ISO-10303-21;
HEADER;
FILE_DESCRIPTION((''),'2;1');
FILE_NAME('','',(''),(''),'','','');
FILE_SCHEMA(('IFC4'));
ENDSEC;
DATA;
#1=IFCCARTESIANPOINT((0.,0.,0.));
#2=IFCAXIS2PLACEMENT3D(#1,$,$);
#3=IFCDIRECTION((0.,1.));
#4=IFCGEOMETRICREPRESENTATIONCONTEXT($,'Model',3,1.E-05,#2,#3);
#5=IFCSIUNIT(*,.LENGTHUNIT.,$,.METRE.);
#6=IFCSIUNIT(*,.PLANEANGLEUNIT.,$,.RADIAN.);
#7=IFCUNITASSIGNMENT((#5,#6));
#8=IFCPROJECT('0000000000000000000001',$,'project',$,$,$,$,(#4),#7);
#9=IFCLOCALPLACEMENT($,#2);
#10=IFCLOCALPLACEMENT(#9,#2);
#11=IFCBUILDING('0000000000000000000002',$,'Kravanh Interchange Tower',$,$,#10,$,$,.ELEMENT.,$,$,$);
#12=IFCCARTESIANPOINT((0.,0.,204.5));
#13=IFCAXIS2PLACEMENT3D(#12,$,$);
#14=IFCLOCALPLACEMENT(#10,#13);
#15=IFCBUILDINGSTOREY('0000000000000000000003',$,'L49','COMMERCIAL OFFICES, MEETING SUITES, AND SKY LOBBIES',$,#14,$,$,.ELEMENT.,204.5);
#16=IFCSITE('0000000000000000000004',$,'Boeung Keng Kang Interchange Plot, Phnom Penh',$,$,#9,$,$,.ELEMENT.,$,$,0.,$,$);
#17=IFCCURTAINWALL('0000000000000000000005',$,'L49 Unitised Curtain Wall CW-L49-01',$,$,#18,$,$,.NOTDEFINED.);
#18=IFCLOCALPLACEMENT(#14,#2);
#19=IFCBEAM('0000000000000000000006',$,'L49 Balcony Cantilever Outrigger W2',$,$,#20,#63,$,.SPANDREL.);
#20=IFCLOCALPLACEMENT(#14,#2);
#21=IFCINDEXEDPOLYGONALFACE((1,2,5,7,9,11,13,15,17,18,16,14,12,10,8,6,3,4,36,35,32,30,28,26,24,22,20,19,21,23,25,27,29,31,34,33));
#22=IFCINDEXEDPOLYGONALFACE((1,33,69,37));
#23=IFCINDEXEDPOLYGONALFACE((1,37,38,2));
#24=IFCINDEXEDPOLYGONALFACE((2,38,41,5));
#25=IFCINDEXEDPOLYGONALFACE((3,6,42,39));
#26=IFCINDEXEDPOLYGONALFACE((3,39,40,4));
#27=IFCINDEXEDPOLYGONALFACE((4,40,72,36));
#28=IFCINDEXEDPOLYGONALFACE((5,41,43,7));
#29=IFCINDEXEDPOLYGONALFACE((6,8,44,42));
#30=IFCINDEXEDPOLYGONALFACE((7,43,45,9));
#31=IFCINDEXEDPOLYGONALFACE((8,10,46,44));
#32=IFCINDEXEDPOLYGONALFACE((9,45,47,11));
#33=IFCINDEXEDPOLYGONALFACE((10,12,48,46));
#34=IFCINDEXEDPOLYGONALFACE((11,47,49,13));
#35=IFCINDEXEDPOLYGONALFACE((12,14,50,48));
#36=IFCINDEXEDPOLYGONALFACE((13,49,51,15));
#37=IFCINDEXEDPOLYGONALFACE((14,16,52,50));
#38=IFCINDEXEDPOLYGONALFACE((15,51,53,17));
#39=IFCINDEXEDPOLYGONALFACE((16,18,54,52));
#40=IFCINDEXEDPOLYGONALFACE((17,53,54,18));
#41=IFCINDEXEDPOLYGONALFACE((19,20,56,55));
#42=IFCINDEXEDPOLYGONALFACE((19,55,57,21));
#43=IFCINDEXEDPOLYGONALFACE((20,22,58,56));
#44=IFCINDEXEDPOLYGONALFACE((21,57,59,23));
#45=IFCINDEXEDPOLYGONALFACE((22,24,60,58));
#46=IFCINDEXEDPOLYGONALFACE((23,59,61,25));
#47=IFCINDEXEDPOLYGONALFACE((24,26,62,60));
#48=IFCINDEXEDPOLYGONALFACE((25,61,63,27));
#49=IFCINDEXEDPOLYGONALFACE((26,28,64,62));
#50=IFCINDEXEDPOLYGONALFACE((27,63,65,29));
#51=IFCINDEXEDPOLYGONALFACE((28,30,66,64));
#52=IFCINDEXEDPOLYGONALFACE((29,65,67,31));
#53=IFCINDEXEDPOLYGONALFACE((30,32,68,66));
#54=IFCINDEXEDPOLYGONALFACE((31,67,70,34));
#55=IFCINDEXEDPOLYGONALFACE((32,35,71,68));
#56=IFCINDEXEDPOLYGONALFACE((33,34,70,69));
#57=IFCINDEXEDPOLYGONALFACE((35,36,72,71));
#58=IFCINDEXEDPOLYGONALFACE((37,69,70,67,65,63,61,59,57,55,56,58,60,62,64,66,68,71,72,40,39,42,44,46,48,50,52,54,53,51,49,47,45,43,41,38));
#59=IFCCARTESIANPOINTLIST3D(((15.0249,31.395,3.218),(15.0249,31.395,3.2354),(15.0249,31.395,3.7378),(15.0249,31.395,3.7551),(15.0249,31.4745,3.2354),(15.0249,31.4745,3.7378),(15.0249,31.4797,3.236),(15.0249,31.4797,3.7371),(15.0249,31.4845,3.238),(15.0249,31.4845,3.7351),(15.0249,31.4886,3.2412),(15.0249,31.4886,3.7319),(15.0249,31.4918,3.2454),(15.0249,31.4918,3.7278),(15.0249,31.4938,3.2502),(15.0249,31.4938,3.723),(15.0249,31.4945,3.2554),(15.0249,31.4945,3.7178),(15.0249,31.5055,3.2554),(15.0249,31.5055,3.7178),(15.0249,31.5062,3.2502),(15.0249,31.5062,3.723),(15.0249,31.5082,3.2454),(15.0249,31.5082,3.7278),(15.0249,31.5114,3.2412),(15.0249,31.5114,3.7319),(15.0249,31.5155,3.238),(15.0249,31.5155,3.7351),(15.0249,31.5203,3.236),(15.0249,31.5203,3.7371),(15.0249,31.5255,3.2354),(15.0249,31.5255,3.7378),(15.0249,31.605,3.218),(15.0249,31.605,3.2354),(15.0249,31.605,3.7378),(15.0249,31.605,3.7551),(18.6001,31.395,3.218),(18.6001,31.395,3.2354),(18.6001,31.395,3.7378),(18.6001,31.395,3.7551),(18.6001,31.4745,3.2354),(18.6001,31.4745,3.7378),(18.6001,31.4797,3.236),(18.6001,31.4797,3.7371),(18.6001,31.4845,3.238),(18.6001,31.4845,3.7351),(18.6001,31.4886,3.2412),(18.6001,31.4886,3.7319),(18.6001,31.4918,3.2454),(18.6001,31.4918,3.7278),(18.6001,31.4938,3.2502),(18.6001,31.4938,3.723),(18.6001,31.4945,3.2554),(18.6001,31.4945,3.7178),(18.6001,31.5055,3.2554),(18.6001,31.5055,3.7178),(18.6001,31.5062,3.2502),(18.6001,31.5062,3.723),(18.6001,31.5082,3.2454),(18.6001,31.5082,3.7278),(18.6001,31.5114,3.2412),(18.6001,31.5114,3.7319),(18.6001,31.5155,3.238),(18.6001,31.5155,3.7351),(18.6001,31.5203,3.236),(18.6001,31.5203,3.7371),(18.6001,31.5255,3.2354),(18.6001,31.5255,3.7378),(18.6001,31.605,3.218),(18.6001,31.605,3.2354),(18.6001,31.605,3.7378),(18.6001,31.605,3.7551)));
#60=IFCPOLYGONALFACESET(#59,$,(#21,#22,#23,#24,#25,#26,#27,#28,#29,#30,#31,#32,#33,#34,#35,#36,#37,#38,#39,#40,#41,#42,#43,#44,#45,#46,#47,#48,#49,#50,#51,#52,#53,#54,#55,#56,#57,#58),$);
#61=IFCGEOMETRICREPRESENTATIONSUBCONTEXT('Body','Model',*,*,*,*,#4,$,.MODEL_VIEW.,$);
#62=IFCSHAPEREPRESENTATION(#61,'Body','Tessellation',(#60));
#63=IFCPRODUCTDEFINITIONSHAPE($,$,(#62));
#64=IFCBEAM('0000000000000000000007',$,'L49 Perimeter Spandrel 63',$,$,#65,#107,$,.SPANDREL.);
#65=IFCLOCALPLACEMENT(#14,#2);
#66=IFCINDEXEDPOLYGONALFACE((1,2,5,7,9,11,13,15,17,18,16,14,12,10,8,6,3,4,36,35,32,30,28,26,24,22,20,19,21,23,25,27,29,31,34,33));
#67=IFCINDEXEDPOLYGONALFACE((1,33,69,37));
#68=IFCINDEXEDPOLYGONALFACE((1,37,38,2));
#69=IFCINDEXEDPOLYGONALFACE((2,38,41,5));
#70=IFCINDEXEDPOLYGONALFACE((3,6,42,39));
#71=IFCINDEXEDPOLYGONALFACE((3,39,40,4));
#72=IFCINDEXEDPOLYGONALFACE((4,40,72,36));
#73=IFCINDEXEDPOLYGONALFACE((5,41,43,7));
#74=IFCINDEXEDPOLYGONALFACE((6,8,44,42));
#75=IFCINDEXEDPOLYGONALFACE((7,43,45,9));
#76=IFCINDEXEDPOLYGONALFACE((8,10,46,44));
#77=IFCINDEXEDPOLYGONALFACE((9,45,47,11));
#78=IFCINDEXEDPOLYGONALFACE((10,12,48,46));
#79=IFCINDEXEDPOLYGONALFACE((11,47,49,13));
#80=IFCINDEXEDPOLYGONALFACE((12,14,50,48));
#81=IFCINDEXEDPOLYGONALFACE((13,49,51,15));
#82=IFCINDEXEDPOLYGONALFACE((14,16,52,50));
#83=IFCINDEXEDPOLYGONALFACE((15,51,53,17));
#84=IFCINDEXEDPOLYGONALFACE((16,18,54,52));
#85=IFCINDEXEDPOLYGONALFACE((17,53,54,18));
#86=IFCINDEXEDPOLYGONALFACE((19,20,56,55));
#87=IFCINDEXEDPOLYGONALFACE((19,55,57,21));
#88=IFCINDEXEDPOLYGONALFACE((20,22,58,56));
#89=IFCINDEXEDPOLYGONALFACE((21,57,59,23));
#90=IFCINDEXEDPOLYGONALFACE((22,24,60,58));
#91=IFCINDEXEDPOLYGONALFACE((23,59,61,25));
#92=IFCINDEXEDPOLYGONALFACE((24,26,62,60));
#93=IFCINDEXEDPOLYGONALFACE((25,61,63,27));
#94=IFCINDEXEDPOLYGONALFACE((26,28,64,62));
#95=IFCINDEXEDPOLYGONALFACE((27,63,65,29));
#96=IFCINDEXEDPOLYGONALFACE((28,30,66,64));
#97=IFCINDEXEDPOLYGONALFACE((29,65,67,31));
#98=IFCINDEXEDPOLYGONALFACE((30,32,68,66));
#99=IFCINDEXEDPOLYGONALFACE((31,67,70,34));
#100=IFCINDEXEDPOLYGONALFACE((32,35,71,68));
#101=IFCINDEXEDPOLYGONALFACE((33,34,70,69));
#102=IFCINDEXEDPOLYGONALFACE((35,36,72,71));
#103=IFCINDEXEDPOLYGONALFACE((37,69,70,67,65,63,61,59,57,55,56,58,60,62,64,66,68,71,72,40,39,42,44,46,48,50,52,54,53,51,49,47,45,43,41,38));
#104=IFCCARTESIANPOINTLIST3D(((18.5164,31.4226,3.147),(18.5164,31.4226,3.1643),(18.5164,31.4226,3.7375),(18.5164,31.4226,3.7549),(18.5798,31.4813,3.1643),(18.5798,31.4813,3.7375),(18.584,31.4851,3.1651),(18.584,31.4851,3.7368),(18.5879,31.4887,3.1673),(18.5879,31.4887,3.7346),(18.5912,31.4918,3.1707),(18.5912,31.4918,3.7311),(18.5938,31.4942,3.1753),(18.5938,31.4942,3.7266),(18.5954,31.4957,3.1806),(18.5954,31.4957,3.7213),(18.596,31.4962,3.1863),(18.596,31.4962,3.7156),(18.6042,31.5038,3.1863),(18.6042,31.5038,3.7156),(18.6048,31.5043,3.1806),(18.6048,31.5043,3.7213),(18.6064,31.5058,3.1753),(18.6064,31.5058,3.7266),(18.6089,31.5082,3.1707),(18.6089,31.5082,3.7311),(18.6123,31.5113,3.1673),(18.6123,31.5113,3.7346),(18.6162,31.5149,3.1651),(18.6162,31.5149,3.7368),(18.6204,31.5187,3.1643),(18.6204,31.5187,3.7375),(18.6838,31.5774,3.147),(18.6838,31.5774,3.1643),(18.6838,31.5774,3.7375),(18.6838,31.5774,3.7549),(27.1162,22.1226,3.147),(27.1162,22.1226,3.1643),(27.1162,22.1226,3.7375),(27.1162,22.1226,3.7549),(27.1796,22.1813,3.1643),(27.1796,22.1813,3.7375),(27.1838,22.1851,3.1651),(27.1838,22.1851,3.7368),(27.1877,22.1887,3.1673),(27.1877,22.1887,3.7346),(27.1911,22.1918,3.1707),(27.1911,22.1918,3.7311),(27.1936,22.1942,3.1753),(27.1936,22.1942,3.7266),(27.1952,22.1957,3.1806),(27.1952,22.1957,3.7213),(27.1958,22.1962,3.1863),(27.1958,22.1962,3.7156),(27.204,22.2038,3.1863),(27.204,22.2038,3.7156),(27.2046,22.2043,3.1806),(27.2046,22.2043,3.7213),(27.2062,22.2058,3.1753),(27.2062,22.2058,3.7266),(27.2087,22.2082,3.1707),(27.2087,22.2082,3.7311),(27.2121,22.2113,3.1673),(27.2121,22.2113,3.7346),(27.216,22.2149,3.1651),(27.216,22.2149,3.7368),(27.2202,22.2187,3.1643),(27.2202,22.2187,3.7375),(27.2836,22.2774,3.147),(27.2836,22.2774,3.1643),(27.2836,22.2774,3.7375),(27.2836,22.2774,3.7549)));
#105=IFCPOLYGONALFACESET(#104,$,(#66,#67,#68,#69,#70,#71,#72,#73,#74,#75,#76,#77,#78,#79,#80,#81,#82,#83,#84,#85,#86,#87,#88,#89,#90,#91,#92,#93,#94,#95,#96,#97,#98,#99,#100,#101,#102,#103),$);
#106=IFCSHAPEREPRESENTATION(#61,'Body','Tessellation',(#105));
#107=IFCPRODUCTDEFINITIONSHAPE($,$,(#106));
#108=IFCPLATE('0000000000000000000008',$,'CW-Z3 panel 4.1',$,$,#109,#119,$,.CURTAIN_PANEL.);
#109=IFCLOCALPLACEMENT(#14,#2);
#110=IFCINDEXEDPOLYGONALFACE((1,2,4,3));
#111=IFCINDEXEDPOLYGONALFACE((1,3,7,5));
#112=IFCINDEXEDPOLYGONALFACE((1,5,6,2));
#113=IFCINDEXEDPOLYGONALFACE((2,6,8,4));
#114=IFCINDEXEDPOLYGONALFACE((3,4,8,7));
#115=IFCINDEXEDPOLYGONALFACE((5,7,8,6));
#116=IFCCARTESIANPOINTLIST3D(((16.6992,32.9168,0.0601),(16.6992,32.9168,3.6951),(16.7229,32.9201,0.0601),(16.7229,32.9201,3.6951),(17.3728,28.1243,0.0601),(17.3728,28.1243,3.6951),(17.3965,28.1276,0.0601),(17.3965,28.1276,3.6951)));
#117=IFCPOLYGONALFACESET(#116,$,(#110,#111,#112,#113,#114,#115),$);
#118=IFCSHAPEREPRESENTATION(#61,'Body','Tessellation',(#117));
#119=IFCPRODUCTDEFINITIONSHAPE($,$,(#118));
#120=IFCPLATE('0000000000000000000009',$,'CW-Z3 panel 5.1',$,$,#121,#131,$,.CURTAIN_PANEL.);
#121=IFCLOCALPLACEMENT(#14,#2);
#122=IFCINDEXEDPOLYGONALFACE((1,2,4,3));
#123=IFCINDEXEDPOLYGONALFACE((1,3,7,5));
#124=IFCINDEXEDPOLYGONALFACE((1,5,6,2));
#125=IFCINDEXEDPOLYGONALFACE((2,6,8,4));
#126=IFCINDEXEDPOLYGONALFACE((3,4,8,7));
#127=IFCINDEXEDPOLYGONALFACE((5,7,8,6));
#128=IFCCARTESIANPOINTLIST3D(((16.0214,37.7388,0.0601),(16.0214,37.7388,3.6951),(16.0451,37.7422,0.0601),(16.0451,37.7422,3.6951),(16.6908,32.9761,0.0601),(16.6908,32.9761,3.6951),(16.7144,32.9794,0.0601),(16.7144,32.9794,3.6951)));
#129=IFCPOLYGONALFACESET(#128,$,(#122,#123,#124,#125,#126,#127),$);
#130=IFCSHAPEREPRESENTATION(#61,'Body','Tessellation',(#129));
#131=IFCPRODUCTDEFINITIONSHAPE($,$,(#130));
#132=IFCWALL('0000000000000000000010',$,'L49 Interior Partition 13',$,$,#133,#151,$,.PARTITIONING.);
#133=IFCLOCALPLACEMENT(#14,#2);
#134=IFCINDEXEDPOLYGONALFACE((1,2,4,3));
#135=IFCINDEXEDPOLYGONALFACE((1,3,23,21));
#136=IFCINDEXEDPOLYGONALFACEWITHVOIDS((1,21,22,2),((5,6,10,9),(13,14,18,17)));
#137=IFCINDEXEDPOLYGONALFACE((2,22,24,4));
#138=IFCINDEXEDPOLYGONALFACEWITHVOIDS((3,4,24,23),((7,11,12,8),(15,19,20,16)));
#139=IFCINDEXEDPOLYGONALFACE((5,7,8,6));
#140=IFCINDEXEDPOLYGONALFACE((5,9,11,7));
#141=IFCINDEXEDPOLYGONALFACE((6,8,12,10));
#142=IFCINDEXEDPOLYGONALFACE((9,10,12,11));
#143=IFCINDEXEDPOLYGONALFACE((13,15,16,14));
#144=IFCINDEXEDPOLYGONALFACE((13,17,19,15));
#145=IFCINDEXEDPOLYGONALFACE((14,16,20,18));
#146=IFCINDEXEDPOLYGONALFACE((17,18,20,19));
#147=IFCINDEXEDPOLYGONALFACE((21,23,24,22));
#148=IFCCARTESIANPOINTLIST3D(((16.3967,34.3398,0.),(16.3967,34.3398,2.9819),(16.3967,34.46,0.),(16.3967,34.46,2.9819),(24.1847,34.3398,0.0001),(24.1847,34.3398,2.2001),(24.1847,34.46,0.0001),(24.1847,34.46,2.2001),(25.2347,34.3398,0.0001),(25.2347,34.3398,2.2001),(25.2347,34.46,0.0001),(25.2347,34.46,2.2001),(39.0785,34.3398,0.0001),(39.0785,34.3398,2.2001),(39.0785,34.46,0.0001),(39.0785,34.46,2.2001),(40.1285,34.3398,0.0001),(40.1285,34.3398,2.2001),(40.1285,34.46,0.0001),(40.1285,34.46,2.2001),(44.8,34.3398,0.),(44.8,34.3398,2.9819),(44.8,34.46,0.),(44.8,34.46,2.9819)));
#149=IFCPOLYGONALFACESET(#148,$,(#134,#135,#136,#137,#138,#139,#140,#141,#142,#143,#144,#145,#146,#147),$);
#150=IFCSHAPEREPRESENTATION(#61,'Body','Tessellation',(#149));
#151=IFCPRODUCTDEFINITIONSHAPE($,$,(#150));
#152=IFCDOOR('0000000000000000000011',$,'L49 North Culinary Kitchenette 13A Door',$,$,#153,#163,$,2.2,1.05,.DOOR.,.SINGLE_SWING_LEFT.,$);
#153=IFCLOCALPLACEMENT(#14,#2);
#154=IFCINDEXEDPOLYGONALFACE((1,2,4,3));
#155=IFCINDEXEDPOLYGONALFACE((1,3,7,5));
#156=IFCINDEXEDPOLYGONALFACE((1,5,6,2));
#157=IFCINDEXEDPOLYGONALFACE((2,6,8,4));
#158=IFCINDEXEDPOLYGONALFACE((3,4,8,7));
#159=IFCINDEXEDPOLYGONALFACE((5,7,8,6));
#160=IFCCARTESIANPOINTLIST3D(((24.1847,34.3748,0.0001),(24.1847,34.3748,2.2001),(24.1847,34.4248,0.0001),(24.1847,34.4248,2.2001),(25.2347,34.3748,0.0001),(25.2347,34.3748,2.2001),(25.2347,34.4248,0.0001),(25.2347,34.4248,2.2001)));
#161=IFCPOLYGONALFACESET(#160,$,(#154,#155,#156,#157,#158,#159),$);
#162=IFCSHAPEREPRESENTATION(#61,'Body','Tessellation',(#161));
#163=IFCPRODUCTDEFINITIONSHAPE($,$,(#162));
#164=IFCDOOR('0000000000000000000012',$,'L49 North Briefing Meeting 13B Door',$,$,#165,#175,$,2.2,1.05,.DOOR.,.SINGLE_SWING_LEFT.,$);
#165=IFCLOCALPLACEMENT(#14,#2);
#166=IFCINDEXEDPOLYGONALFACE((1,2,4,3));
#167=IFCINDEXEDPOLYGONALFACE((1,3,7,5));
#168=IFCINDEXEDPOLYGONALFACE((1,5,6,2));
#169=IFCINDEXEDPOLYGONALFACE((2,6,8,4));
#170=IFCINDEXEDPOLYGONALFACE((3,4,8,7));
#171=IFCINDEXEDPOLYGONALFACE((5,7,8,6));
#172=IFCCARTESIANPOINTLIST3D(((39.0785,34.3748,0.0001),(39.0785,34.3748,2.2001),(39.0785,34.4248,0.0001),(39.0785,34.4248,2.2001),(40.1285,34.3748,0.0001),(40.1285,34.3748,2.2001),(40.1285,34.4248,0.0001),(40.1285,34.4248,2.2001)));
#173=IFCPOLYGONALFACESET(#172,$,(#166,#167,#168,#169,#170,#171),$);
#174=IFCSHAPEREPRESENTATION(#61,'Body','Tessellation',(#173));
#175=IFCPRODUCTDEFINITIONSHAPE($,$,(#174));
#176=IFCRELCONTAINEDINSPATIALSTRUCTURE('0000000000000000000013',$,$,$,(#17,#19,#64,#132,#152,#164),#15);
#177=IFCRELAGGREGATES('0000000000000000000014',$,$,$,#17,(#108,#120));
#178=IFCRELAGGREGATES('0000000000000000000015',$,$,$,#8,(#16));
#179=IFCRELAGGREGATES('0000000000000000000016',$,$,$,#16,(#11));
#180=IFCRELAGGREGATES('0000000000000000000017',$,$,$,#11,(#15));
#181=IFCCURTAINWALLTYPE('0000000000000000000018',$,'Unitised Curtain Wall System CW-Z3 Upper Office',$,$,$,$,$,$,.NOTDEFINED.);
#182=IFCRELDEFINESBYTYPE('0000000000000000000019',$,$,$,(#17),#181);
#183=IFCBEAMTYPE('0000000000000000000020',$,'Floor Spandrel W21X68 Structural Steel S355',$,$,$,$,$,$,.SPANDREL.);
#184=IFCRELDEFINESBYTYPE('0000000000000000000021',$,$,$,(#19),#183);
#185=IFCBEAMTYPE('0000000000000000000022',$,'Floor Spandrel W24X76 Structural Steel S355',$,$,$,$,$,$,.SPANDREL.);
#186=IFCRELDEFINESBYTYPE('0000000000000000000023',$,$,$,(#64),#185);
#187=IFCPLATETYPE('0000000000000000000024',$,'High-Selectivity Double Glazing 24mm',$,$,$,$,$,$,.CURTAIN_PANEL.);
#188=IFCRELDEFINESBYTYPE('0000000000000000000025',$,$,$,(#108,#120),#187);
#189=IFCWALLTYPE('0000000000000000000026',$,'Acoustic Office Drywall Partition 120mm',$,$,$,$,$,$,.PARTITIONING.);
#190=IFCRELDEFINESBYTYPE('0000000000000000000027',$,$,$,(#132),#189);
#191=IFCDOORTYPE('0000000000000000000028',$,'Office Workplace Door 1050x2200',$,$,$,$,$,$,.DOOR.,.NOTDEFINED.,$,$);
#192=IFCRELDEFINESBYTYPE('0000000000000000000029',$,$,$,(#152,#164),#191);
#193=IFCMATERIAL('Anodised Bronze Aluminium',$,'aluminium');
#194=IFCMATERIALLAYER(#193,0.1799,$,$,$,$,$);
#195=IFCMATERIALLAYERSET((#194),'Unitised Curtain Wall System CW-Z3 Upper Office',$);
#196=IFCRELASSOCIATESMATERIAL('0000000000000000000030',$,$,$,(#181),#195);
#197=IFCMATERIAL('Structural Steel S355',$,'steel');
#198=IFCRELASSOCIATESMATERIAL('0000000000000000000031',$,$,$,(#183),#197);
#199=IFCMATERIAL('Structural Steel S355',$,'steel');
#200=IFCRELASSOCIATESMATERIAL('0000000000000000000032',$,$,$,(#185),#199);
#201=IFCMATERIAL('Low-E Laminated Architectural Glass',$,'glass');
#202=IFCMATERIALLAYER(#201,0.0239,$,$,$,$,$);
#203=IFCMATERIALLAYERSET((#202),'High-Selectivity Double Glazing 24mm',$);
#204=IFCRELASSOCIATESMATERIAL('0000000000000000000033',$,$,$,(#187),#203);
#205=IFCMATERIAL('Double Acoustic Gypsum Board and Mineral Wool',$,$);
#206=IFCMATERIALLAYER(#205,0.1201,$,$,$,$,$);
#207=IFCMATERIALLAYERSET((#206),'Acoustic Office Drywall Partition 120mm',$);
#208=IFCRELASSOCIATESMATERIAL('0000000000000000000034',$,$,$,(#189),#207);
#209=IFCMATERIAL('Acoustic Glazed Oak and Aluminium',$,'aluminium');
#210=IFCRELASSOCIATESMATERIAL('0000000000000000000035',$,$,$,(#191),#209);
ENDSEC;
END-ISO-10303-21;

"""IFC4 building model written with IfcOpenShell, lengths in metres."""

from ifc_helpers import new_model, si_unit, direction, frame, frame_2d, origin, origin_2d, place, context, subcontext, project, spatial, rectangle, i_section, extrude, material, layer, layer_set, material_profile, profile_set, type_object, element, fill, aggregate, save


model = new_model("IFC4")

# Units and contexts
model_context = context("Model", 3, precision=1e-05, world=origin(), true_north=direction((0.0, 1.0)))
body_context = subcontext(model_context, "Body", "Model", "MODEL_VIEW")
ifc_project = project(units=[si_unit("LENGTHUNIT", "METRE"), si_unit("PLANEANGLEUNIT", "RADIAN")], contexts=[model_context])

# Site, building, storey
site_placement = place(None, origin())
site = spatial("IfcSite", under=ifc_project, at=site_placement, Name="Boeung Keng Kang Interchange Plot, Phnom Penh", CompositionType="ELEMENT", RefElevation=0.0)
building_placement = place(site_placement, origin())
building = spatial("IfcBuilding", under=site, at=building_placement, Name="Kravanh Interchange Tower", CompositionType="ELEMENT")
storey_placement = place(building_placement, frame((0.0, 0.0, 204.5)))
storey = spatial("IfcBuildingStorey", under=building, at=storey_placement, Name="L49", Description="COMMERCIAL OFFICES, MEETING SUITES, AND SKY LOBBIES", CompositionType="ELEMENT", Elevation=204.5)

# Curtain wall
ifc_material_1 = material(Name="Anodised Bronze Aluminium", Category="aluminium")
ifc_layer_1 = layer(ifc_material_1, 0.1799)
ifc_layer_set_1 = layer_set([ifc_layer_1], Name="Unitised Curtain Wall System CW-Z3 Upper Office")
curtain_wall_type = type_object("IfcCurtainWallType", Name="Unitised Curtain Wall System CW-Z3 Upper Office", PredefinedType="NOTDEFINED", material=ifc_layer_set_1)
curtain_wall_placement = place(storey_placement, origin())
curtain_wall = element("IfcCurtainWall", 1, at=curtain_wall_placement, inside=storey, type_object=curtain_wall_type, Name="L49 Unitised Curtain Wall CW-L49-01", PredefinedType="NOTDEFINED")

# Beams
ifc_material_2 = material(Name="Structural Steel S355", Category="steel")
ifc_material_profile_1 = material_profile(ifc_material_2, i_section(OverallWidth=0.21, OverallDepth=0.5371, WebThickness=0.011, FlangeThickness=0.0173, FilletRadius=0.02, at=origin_2d()), Name="W21X68")
ifc_profile_set_1 = profile_set([ifc_material_profile_1], Name="Structural Steel S355")
beam_type_1 = type_object("IfcBeamType", Name="Floor Spandrel W21X68 Structural Steel S355", PredefinedType="SPANDREL", material=ifc_profile_set_1)
beam_1_placement = place(storey_placement, frame((18.6001, 31.5, 3.4866), z_axis=(-1.0, 0.0, 0.0), x_axis=(0.0, -1.0, 0.0)))
element("IfcBeam", 2, at=beam_1_placement, inside=storey, type_object=beam_type_1, Name="L49 Balcony Cantilever Outrigger W2", PredefinedType="SPANDREL", context=body_context, shape_type="SweptSolid", body=[
    extrude(i_section(OverallWidth=0.21, OverallDepth=0.5371, WebThickness=0.011, FlangeThickness=0.0173, FilletRadius=0.02, at=origin_2d()), origin(), (0.0, 0.0, 1.0), 3.5752),
])
ifc_material_3 = material(Name="Structural Steel S355", Category="steel")
ifc_material_profile_2 = material_profile(ifc_material_3, i_section(OverallWidth=0.228, OverallDepth=0.6079, WebThickness=0.0112, FlangeThickness=0.0173, FilletRadius=0.022, at=origin_2d()), Name="W24X76")
ifc_profile_set_2 = profile_set([ifc_material_profile_2], Name="Structural Steel S355")
beam_type_2 = type_object("IfcBeamType", Name="Floor Spandrel W24X76 Structural Steel S355", PredefinedType="SPANDREL", material=ifc_profile_set_2)
beam_2_placement = place(storey_placement, frame((18.6001, 31.5, 3.4509), z_axis=(0.678927, -0.734205, 0.0), x_axis=(0.734205, 0.678927, 0.0)))
element("IfcBeam", 3, at=beam_2_placement, inside=storey, type_object=beam_type_2, Name="L49 Perimeter Spandrel 63", PredefinedType="SPANDREL", context=body_context, shape_type="SweptSolid", body=[
    extrude(i_section(OverallWidth=0.228, OverallDepth=0.6079, WebThickness=0.0112, FlangeThickness=0.0173, FilletRadius=0.022, at=origin_2d()), origin(), (0.0, 0.0, 1.0), 12.6667),
])

# Plates
ifc_material_4 = material(Name="Low-E Laminated Architectural Glass", Category="glass")
ifc_layer_2 = layer(ifc_material_4, 0.0239)
ifc_layer_set_2 = layer_set([ifc_layer_2], Name="High-Selectivity Double Glazing 24mm")
plate_type = type_object("IfcPlateType", Name="High-Selectivity Double Glazing 24mm", PredefinedType="CURTAIN_PANEL", material=ifc_layer_set_2)
plate_1_placement = place(storey_placement, frame((17.0479, 30.5222, 0.0601), z_axis=(0.0, 0.0, 1.0), x_axis=(-0.139172, 0.990268, 0.0)))
plate_1 = element("IfcPlate", 4, at=plate_1_placement, type_object=plate_type, Name="CW-Z3 panel 4.1", PredefinedType="CURTAIN_PANEL", context=body_context, shape_type="SweptSolid", body=[
    extrude(rectangle(XDim=4.8396, YDim=0.0239, at=origin_2d()), origin(), (0.0, 0.0, 1.0), 3.635),
])
plate_2_placement = place(storey_placement, frame((16.3679, 35.3591, 0.0601), z_axis=(0.0, 0.0, 1.0), x_axis=(-0.139172, 0.990268, 0.0)))
plate_2 = element("IfcPlate", 5, at=plate_2_placement, type_object=plate_type, Name="CW-Z3 panel 5.1", PredefinedType="CURTAIN_PANEL", context=body_context, shape_type="SweptSolid", body=[
    extrude(rectangle(XDim=4.8096, YDim=0.0239, at=origin_2d()), origin(), (0.0, 0.0, 1.0), 3.635),
])
aggregate(curtain_wall, [plate_1, plate_2])

# Wall, openings, doors
ifc_material_5 = material(Name="Double Acoustic Gypsum Board and Mineral Wool")
ifc_layer_3 = layer(ifc_material_5, 0.1201)
ifc_layer_set_3 = layer_set([ifc_layer_3], Name="Acoustic Office Drywall Partition 120mm")
wall_type_1 = type_object("IfcWallType", Name="Acoustic Office Drywall Partition 120mm", PredefinedType="PARTITIONING", material=ifc_layer_set_3)
wall_1_placement = place(storey_placement, frame((16.3967, 34.3999, 0.0), z_axis=(0.0, 0.0, 1.0), x_axis=(1.0, 0.0, 0.0)))
wall_1 = element("IfcWall", 6, at=wall_1_placement, inside=storey, type_object=wall_type_1, Name="L49 Interior Partition 13", PredefinedType="PARTITIONING", context=body_context, shape_type="SweptSolid", body=[
    extrude(rectangle(XDim=28.4033, YDim=0.1201, at=frame_2d((14.2017, 0.0))), origin(), (0.0, 0.0, 1.0), 2.9819),
])
opening_1_placement = place(wall_1_placement, frame((7.7881, 0.0, 0.0)))
opening_1 = element("IfcOpeningElement", 7, at=opening_1_placement, cuts=wall_1, PredefinedType="OPENING", context=body_context, shape_type="SweptSolid", body=[
    extrude(rectangle(XDim=1.05, YDim=2.2, at=frame_2d((0.5249, 1.1001))), frame((0.0, 0.0701, 0.0), z_axis=(0.0, -1.0, 0.0), x_axis=(1.0, 0.0, 0.0)), (0.0, 0.0, 1.0), 0.1401),
])
opening_2_placement = place(wall_1_placement, frame((22.6819, 0.0, 0.0)))
opening_2 = element("IfcOpeningElement", 8, at=opening_2_placement, cuts=wall_1, PredefinedType="OPENING", context=body_context, shape_type="SweptSolid", body=[
    extrude(rectangle(XDim=1.05, YDim=2.2, at=frame_2d((0.5249, 1.1001))), frame((0.0, 0.0701, 0.0), z_axis=(0.0, -1.0, 0.0), x_axis=(1.0, 0.0, 0.0)), (0.0, 0.0, 1.0), 0.1401),
])
ifc_material_6 = material(Name="Acoustic Glazed Oak and Aluminium", Category="aluminium")
door_type = type_object("IfcDoorType", Name="Office Workplace Door 1050x2200", OperationType="NOTDEFINED", PredefinedType="DOOR", material=ifc_material_6)
door_1_placement = place(opening_1_placement, origin())
door_1 = element("IfcDoor", 9, at=door_1_placement, inside=storey, type_object=door_type, Name="L49 North Culinary Kitchenette 13A Door", OperationType="SINGLE_SWING_LEFT", OverallHeight=2.2, OverallWidth=1.05, PredefinedType="DOOR", context=body_context, shape_type="SweptSolid", body=[
    extrude(rectangle(XDim=1.05, YDim=2.2, at=frame_2d((0.5249, 1.1001))), frame((0.0, 0.0249, 0.0), z_axis=(0.0, -1.0, 0.0), x_axis=(1.0, 0.0, 0.0)), (0.0, 0.0, 1.0), 0.05),
])
fill(opening_1, door_1)
door_2_placement = place(opening_2_placement, origin())
door_2 = element("IfcDoor", 10, at=door_2_placement, inside=storey, type_object=door_type, Name="L49 North Briefing Meeting 13B Door", OperationType="SINGLE_SWING_LEFT", OverallHeight=2.2, OverallWidth=1.05, PredefinedType="DOOR", context=body_context, shape_type="SweptSolid", body=[
    extrude(rectangle(XDim=1.05, YDim=2.2, at=frame_2d((0.5249, 1.1001))), frame((0.0, 0.0249, 0.0), z_axis=(0.0, -1.0, 0.0), x_axis=(1.0, 0.0, 0.0)), (0.0, 0.0, 1.0), 0.05),
])
fill(opening_2, door_2)

save(model, "model.ifc")
